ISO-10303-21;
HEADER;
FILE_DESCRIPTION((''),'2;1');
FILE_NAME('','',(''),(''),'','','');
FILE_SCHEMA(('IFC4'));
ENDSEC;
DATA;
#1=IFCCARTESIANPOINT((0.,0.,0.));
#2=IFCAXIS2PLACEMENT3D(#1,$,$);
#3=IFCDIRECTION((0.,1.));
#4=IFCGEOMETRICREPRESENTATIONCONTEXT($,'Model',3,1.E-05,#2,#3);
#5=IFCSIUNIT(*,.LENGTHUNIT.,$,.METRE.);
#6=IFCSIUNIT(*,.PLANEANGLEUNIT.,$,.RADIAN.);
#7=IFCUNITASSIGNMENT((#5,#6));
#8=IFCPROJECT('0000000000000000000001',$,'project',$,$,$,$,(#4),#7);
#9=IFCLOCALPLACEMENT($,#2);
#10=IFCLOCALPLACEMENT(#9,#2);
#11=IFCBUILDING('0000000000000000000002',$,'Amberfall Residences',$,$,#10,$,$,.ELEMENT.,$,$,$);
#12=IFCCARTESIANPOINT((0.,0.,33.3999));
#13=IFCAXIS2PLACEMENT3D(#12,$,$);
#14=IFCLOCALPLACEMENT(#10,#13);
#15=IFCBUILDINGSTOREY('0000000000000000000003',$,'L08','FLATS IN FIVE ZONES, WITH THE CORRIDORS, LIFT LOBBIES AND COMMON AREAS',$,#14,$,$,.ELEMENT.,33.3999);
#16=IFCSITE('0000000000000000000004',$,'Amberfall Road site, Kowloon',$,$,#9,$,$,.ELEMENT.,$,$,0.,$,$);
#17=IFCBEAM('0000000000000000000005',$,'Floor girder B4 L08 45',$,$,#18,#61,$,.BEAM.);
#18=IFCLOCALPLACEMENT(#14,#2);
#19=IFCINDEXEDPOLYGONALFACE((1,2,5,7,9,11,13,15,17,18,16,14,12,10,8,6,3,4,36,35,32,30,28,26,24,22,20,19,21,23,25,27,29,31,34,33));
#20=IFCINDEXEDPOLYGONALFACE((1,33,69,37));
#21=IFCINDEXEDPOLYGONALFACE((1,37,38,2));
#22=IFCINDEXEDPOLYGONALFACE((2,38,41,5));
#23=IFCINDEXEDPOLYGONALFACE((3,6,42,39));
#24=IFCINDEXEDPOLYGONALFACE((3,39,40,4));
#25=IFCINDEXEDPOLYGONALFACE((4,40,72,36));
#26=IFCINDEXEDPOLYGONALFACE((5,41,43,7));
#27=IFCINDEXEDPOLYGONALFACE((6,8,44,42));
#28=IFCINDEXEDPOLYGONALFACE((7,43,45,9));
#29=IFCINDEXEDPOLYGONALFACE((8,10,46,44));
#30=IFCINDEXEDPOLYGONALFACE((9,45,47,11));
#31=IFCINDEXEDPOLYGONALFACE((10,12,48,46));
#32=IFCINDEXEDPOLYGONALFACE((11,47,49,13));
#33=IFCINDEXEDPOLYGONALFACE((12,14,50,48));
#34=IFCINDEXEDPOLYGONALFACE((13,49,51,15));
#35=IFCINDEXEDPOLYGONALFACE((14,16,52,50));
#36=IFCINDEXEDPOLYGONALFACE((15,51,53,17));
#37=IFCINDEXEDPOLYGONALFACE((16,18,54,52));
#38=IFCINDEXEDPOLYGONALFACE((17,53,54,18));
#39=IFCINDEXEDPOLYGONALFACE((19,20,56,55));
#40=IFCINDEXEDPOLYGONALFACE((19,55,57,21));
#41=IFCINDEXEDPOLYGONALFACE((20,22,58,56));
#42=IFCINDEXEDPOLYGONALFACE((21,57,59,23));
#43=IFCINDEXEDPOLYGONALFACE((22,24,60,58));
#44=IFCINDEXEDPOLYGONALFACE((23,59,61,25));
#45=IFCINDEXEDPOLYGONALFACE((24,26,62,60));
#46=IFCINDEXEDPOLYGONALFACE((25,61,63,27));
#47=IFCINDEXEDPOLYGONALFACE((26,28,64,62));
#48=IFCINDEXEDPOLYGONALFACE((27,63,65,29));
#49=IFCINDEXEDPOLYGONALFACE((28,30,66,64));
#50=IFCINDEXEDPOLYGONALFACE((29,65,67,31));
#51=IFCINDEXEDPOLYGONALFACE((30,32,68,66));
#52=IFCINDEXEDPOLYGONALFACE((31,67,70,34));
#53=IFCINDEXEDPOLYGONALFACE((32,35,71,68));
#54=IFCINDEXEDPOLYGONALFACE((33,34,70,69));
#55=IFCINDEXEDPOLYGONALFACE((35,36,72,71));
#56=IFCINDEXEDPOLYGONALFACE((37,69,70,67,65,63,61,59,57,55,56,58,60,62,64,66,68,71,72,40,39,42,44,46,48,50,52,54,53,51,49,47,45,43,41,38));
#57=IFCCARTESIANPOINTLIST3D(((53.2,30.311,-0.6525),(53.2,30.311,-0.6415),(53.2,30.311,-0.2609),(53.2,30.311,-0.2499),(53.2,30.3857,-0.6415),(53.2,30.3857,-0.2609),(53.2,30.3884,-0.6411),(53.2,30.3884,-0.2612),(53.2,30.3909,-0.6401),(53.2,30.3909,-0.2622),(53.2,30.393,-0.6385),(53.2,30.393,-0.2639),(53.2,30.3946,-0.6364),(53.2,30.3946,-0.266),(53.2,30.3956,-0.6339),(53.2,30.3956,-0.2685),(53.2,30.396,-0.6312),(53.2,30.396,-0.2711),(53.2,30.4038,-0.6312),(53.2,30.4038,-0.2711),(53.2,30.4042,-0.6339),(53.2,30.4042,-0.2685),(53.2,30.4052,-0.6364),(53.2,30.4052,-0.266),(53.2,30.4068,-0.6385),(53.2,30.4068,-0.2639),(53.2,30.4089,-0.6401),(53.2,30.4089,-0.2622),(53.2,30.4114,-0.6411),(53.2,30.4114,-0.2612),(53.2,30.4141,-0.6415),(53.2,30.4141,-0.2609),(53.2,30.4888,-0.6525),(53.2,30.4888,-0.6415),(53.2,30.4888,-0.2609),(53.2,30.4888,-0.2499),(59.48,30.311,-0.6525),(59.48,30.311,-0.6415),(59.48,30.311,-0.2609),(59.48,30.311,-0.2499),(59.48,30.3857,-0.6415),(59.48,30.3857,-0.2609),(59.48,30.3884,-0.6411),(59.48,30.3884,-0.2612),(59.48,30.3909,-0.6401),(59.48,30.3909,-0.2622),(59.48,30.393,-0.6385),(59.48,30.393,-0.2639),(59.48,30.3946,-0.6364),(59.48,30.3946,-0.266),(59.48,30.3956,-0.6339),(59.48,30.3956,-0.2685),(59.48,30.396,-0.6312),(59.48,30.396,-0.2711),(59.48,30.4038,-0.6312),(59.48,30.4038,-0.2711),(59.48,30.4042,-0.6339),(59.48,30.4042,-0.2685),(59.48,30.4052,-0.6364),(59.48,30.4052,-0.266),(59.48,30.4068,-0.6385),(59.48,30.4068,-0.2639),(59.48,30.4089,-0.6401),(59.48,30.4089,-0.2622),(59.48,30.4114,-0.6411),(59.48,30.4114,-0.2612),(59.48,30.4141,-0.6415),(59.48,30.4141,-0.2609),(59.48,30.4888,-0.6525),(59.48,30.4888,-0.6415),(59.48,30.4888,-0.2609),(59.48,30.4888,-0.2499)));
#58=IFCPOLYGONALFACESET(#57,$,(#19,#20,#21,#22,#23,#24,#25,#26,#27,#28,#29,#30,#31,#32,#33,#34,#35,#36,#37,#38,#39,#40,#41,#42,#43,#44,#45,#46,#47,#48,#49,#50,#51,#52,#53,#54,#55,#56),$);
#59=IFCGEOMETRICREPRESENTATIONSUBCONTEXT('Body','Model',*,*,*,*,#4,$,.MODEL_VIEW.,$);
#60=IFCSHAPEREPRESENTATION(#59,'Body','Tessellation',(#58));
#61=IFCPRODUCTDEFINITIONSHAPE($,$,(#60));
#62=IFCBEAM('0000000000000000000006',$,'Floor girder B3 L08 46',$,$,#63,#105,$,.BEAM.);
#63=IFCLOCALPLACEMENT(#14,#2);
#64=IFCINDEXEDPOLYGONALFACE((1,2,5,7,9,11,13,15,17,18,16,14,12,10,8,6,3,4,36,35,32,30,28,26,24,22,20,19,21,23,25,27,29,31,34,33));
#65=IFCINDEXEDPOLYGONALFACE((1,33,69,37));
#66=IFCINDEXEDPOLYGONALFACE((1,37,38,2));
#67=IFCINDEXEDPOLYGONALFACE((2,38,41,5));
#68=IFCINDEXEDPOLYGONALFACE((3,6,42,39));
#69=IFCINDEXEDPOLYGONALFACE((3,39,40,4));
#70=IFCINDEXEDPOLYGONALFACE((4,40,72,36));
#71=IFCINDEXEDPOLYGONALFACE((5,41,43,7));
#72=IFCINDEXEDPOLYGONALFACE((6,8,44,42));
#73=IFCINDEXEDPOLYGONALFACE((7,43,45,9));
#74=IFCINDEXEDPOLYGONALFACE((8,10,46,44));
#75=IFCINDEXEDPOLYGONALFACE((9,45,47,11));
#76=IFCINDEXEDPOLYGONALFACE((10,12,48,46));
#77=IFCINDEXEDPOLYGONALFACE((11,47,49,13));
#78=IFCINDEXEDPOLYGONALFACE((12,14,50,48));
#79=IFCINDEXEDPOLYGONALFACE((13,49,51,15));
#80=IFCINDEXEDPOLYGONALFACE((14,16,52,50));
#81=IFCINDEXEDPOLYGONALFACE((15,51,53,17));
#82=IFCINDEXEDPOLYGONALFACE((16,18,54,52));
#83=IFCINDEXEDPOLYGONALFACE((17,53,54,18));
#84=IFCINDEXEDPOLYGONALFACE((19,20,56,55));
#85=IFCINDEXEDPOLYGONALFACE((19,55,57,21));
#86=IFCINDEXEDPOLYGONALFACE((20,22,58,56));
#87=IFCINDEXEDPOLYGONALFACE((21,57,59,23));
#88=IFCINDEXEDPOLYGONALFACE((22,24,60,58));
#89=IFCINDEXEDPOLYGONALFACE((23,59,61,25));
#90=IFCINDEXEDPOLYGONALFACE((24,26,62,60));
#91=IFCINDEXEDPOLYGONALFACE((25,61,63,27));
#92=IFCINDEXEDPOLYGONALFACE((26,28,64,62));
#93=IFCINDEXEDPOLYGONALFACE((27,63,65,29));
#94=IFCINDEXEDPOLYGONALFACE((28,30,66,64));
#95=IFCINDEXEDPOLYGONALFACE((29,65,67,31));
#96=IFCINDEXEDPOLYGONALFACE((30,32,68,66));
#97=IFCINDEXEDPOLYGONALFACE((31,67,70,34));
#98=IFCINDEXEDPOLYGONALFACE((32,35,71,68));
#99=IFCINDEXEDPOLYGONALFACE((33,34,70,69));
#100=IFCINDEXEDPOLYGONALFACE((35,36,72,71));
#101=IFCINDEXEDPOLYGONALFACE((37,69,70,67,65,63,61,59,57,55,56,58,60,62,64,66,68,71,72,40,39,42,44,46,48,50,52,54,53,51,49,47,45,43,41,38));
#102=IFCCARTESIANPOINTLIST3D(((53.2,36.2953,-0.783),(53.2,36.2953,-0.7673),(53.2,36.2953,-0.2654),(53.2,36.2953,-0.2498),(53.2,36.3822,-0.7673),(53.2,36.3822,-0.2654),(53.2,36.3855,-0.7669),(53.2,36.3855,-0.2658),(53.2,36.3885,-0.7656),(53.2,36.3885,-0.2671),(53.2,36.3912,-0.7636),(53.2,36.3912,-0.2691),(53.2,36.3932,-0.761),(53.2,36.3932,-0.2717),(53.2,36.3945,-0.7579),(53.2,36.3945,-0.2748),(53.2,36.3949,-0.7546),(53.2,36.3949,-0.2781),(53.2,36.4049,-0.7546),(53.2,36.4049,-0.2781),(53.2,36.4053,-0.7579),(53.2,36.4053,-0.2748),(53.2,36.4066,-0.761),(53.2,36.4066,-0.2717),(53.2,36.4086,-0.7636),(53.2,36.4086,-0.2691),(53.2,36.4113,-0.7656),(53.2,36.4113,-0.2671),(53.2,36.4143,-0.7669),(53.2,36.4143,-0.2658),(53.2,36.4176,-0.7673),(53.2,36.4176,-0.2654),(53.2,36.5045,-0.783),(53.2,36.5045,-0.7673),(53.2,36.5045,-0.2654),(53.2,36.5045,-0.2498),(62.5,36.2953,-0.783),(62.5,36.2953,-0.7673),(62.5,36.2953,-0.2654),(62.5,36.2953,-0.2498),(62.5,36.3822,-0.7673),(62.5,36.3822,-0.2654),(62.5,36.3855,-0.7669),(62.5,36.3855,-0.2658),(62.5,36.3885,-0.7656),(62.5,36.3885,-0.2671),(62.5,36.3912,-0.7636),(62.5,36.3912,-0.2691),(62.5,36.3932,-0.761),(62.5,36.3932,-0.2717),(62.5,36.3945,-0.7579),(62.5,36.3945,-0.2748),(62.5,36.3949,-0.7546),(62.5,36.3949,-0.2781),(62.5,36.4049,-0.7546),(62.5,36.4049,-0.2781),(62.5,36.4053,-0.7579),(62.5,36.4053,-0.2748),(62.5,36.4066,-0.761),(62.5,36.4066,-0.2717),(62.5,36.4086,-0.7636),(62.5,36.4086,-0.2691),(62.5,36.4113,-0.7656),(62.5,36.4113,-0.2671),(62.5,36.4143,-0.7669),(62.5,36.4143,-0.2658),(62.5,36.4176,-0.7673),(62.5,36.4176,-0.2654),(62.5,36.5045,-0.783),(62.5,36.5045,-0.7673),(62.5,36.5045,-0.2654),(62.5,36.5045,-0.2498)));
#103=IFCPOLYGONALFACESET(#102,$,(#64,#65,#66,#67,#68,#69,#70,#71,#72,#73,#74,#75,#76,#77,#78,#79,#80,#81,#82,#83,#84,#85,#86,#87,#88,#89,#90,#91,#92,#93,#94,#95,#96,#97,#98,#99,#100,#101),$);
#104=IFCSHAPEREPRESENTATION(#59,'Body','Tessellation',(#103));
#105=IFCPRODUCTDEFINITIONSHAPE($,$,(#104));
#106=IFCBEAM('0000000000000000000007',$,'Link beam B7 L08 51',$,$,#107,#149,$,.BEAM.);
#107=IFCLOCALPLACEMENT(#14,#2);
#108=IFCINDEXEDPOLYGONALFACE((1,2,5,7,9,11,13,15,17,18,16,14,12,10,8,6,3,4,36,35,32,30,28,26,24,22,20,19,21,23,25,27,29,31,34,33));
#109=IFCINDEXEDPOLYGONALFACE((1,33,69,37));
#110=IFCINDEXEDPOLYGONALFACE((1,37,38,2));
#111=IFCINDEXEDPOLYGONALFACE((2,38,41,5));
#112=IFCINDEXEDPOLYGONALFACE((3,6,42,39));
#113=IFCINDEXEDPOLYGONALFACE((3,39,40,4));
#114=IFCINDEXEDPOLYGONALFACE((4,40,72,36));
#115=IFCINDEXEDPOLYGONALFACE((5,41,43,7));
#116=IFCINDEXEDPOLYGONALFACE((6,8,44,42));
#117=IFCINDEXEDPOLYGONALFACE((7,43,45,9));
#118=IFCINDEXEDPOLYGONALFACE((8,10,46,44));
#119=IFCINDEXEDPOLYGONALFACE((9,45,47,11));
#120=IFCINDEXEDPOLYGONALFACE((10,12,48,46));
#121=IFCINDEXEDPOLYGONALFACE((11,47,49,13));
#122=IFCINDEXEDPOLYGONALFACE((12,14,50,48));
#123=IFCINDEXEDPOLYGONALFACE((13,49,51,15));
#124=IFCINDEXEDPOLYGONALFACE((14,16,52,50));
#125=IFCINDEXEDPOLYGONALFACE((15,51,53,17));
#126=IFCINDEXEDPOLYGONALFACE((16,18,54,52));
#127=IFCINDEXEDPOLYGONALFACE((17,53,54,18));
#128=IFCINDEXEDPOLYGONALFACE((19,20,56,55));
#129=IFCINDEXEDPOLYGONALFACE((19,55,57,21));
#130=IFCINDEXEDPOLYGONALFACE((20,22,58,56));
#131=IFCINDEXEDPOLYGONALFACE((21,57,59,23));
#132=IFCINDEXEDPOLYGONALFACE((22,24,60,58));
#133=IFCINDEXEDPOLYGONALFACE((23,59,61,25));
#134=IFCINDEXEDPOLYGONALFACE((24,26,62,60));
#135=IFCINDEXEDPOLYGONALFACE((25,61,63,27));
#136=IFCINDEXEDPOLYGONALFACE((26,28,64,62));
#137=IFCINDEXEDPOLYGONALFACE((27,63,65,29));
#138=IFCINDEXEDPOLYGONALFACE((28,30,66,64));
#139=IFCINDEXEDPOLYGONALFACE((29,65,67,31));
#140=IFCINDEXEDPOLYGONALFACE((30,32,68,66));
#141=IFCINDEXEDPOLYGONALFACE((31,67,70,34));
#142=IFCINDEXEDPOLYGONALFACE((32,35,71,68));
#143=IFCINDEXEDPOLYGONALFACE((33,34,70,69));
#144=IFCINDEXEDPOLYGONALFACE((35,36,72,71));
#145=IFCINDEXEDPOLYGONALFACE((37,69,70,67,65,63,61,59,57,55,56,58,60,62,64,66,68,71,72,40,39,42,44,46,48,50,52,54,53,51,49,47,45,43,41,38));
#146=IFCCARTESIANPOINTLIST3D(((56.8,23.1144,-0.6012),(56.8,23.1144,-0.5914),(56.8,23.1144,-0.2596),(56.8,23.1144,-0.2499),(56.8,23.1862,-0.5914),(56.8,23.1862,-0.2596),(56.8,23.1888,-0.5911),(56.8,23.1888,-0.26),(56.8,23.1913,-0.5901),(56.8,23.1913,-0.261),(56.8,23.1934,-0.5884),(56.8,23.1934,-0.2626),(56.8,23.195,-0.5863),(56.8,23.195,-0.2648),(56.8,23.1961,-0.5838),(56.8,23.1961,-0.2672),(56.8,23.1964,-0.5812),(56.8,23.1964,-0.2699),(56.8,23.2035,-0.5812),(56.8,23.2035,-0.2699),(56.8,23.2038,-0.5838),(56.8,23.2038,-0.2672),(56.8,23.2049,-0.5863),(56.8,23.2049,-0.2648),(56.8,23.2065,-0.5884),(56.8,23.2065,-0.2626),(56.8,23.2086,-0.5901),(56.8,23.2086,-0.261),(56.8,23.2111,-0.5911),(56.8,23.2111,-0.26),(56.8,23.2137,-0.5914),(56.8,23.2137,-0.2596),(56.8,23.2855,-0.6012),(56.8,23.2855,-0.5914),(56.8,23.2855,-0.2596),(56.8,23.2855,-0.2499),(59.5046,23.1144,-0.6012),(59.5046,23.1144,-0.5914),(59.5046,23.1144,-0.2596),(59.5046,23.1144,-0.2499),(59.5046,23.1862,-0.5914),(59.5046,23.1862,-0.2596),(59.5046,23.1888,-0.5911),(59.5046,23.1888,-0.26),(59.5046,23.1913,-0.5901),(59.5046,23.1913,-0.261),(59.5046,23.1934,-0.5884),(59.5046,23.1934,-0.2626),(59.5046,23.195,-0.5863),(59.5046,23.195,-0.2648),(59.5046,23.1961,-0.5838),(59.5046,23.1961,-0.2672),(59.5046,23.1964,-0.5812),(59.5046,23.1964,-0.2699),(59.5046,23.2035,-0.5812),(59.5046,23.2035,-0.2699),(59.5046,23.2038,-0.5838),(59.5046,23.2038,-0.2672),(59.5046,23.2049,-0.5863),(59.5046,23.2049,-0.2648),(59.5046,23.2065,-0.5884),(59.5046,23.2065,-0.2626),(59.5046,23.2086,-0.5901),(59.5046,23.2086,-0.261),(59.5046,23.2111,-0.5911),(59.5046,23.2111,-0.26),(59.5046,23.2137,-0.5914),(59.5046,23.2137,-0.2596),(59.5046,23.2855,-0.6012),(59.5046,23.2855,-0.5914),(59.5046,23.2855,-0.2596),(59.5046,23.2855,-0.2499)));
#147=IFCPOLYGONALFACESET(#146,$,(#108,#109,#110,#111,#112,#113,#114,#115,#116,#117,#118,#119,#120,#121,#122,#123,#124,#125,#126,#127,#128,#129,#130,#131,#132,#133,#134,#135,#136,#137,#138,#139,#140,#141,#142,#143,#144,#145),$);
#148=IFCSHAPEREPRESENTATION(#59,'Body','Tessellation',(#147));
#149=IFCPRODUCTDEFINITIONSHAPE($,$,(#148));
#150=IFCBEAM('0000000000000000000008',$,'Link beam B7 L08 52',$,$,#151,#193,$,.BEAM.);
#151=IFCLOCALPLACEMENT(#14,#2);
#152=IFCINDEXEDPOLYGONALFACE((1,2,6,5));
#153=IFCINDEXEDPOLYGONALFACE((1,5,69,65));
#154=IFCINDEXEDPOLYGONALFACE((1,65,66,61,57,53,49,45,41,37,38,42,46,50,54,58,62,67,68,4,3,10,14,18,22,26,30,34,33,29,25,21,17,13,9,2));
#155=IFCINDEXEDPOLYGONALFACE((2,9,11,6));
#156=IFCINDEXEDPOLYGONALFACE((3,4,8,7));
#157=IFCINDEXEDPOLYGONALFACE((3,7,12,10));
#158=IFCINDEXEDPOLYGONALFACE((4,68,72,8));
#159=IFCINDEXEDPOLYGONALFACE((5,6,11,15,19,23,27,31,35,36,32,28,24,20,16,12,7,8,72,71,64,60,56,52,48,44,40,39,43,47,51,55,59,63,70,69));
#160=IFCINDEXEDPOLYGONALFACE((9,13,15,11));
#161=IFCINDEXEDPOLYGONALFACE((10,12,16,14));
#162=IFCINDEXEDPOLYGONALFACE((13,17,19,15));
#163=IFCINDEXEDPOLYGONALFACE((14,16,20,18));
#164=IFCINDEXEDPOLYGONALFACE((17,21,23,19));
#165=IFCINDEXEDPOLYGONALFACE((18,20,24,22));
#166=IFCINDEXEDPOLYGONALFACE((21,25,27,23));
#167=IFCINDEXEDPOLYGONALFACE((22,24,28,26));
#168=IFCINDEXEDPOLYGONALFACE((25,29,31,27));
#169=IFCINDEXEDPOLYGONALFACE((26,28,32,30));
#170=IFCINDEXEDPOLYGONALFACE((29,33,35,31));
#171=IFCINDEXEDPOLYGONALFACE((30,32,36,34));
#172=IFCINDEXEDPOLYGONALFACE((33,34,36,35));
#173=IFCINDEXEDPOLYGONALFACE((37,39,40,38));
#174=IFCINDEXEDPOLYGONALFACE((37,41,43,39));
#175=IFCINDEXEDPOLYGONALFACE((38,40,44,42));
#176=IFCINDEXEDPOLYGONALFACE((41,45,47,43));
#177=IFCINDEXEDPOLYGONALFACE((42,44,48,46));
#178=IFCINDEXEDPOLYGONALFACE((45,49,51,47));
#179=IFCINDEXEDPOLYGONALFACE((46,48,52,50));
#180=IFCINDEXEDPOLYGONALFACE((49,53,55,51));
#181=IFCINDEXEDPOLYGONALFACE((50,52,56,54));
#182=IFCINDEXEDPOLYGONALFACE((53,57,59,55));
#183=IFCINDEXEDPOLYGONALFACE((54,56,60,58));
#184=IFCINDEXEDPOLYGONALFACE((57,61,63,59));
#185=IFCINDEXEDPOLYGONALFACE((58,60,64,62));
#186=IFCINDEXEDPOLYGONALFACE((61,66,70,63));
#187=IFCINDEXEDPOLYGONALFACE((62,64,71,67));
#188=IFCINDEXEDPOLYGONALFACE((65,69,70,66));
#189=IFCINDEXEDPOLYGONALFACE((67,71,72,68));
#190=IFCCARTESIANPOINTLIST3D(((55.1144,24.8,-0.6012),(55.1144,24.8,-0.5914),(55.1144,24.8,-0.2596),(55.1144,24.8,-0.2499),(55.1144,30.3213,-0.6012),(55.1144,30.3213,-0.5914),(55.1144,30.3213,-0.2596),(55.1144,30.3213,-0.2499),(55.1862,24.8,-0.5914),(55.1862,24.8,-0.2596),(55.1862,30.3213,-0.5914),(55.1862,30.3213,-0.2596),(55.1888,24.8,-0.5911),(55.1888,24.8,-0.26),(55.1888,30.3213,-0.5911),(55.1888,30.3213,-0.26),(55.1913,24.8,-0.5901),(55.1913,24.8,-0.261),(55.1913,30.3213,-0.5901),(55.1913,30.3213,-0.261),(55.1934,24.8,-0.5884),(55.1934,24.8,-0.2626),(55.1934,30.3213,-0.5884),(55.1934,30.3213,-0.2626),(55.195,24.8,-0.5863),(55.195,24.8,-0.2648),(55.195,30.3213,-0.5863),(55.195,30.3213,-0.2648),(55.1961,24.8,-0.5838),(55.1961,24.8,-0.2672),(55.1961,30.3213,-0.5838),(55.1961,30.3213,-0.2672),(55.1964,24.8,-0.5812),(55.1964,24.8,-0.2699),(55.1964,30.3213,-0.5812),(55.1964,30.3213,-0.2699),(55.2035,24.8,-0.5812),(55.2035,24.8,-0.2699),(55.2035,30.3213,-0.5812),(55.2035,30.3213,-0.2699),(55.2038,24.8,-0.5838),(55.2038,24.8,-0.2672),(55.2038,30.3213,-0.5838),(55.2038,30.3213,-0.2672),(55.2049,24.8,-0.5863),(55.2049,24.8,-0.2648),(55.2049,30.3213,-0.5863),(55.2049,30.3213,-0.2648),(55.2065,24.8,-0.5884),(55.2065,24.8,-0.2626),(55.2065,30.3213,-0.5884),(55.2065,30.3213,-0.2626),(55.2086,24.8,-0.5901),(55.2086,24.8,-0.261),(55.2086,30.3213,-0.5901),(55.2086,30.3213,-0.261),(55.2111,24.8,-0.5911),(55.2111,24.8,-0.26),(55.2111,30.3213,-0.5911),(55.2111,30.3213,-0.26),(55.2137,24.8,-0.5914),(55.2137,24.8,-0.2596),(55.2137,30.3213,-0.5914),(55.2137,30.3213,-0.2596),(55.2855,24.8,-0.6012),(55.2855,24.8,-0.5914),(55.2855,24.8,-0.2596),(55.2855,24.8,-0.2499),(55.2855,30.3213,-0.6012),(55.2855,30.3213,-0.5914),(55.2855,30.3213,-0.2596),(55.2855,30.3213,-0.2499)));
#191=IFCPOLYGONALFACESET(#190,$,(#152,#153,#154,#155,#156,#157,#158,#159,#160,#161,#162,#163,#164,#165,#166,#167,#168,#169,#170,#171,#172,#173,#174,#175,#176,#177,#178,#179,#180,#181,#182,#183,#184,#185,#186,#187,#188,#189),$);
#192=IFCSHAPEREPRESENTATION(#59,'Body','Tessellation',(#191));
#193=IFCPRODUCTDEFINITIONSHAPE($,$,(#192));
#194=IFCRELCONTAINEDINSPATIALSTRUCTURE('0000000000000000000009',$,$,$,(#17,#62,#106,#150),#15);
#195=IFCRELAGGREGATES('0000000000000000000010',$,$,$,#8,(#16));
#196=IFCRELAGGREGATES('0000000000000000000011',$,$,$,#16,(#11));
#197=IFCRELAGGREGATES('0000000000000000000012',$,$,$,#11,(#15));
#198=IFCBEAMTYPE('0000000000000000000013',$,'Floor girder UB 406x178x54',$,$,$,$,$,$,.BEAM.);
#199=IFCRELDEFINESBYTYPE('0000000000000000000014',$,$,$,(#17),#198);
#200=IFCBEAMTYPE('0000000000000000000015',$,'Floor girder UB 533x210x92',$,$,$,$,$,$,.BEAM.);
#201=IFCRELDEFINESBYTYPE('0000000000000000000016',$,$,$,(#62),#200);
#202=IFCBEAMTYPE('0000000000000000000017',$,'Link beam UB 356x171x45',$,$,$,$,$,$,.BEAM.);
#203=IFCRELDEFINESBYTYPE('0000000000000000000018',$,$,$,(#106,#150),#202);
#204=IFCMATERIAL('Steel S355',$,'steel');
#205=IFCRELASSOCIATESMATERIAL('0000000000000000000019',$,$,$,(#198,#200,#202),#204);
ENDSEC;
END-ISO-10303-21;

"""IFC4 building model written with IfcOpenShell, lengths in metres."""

from ifc_helpers import new_model, si_unit, direction, frame, origin, origin_2d, place, context, subcontext, project, spatial, i_section, extrude, material, material_profile, profile_set, type_object, element, save


model = new_model("IFC4")

# Units and contexts
model_context = context("Model", 3, precision=1e-05, world=origin(), true_north=direction((0.0, 1.0)))
body_context = subcontext(model_context, "Body", "Model", "MODEL_VIEW")
ifc_project = project(units=[si_unit("LENGTHUNIT", "METRE"), si_unit("PLANEANGLEUNIT", "RADIAN")], contexts=[model_context])

# Site, building, storey
site_placement = place(None, origin())
site = spatial("IfcSite", under=ifc_project, at=site_placement, Name="Amberfall Road site, Kowloon", CompositionType="ELEMENT", RefElevation=0.0)
building_placement = place(site_placement, origin())
building = spatial("IfcBuilding", under=site, at=building_placement, Name="Amberfall Residences", CompositionType="ELEMENT")
storey_placement = place(building_placement, frame((0.0, 0.0, 33.3999)))
storey = spatial("IfcBuildingStorey", under=building, at=storey_placement, Name="L08", Description="FLATS IN FIVE ZONES, WITH THE CORRIDORS, LIFT LOBBIES AND COMMON AREAS", CompositionType="ELEMENT", Elevation=33.3999)

# Beams
ifc_material_1 = material(Name="Steel S355", Category="steel")
ifc_material_profile_1 = material_profile(ifc_material_1, i_section(OverallWidth=0.1777, OverallDepth=0.4026, WebThickness=0.0078, FlangeThickness=0.011, FilletRadius=0.0103, at=origin_2d()), Name="UB 406x178x54")
ifc_profile_set_1 = profile_set([ifc_material_profile_1], Name="Steel S355")
beam_type_1 = type_object("IfcBeamType", Name="Floor girder UB 406x178x54", PredefinedType="BEAM", material=ifc_profile_set_1)
beam_1_placement = place(storey_placement, frame((53.2, 30.3999, -0.4512), z_axis=(1.0, 0.0, 0.0), x_axis=(0.0, 1.0, 0.0)))
element("IfcBeam", 1, at=beam_1_placement, inside=storey, type_object=beam_type_1, Name="Floor girder B4 L08 45", PredefinedType="BEAM", context=body_context, shape_type="SweptSolid", body=[
    extrude(i_section(OverallWidth=0.1777, OverallDepth=0.4026, WebThickness=0.0078, FlangeThickness=0.011, FilletRadius=0.0103, at=origin_2d()), origin(), (0.0, 0.0, 1.0), 6.28),
])
ifc_material_profile_2 = material_profile(ifc_material_1, i_section(OverallWidth=0.2092, OverallDepth=0.5332, WebThickness=0.01, FlangeThickness=0.0156, FilletRadius=0.0127, at=origin_2d()), Name="UB 533x210x92")
ifc_profile_set_2 = profile_set([ifc_material_profile_2], Name="Steel S355")
beam_type_2 = type_object("IfcBeamType", Name="Floor girder UB 533x210x92", PredefinedType="BEAM", material=ifc_profile_set_2)
beam_2_placement = place(storey_placement, frame((53.2, 36.3999, -0.5164), z_axis=(1.0, 0.0, 0.0), x_axis=(0.0, 1.0, 0.0)))
element("IfcBeam", 2, at=beam_2_placement, inside=storey, type_object=beam_type_2, Name="Floor girder B3 L08 46", PredefinedType="BEAM", context=body_context, shape_type="SweptSolid", body=[
    extrude(i_section(OverallWidth=0.2092, OverallDepth=0.5332, WebThickness=0.01, FlangeThickness=0.0156, FilletRadius=0.0127, at=origin_2d()), origin(), (0.0, 0.0, 1.0), 9.3),
])
ifc_material_profile_3 = material_profile(ifc_material_1, i_section(OverallWidth=0.1711, OverallDepth=0.3513, WebThickness=0.0071, FlangeThickness=0.0098, FilletRadius=0.0103, at=origin_2d()), Name="UB 356x171x45")
ifc_profile_set_3 = profile_set([ifc_material_profile_3], Name="Steel S355")
beam_type_3 = type_object("IfcBeamType", Name="Link beam UB 356x171x45", PredefinedType="BEAM", material=ifc_profile_set_3)
beam_3_placement = place(storey_placement, frame((56.8, 23.2, -0.4255), z_axis=(1.0, 0.0, 0.0), x_axis=(0.0, 1.0, 0.0)))
element("IfcBeam", 3, at=beam_3_placement, inside=storey, type_object=beam_type_3, Name="Link beam B7 L08 51", PredefinedType="BEAM", context=body_context, shape_type="SweptSolid", body=[
    extrude(i_section(OverallWidth=0.1711, OverallDepth=0.3513, WebThickness=0.0071, FlangeThickness=0.0098, FilletRadius=0.0103, at=origin_2d()), origin(), (0.0, 0.0, 1.0), 2.7046),
])
beam_4_placement = place(storey_placement, frame((55.2, 24.8, -0.4255), z_axis=(0.0, 1.0, 0.0), x_axis=(-1.0, 0.0, 0.0)))
element("IfcBeam", 4, at=beam_4_placement, inside=storey, type_object=beam_type_3, Name="Link beam B7 L08 52", PredefinedType="BEAM", context=body_context, shape_type="SweptSolid", body=[
    extrude(i_section(OverallWidth=0.1711, OverallDepth=0.3513, WebThickness=0.0071, FlangeThickness=0.0098, FilletRadius=0.0103, at=origin_2d()), origin(), (0.0, 0.0, 1.0), 5.5212),
])

save(model, "model.ifc")
